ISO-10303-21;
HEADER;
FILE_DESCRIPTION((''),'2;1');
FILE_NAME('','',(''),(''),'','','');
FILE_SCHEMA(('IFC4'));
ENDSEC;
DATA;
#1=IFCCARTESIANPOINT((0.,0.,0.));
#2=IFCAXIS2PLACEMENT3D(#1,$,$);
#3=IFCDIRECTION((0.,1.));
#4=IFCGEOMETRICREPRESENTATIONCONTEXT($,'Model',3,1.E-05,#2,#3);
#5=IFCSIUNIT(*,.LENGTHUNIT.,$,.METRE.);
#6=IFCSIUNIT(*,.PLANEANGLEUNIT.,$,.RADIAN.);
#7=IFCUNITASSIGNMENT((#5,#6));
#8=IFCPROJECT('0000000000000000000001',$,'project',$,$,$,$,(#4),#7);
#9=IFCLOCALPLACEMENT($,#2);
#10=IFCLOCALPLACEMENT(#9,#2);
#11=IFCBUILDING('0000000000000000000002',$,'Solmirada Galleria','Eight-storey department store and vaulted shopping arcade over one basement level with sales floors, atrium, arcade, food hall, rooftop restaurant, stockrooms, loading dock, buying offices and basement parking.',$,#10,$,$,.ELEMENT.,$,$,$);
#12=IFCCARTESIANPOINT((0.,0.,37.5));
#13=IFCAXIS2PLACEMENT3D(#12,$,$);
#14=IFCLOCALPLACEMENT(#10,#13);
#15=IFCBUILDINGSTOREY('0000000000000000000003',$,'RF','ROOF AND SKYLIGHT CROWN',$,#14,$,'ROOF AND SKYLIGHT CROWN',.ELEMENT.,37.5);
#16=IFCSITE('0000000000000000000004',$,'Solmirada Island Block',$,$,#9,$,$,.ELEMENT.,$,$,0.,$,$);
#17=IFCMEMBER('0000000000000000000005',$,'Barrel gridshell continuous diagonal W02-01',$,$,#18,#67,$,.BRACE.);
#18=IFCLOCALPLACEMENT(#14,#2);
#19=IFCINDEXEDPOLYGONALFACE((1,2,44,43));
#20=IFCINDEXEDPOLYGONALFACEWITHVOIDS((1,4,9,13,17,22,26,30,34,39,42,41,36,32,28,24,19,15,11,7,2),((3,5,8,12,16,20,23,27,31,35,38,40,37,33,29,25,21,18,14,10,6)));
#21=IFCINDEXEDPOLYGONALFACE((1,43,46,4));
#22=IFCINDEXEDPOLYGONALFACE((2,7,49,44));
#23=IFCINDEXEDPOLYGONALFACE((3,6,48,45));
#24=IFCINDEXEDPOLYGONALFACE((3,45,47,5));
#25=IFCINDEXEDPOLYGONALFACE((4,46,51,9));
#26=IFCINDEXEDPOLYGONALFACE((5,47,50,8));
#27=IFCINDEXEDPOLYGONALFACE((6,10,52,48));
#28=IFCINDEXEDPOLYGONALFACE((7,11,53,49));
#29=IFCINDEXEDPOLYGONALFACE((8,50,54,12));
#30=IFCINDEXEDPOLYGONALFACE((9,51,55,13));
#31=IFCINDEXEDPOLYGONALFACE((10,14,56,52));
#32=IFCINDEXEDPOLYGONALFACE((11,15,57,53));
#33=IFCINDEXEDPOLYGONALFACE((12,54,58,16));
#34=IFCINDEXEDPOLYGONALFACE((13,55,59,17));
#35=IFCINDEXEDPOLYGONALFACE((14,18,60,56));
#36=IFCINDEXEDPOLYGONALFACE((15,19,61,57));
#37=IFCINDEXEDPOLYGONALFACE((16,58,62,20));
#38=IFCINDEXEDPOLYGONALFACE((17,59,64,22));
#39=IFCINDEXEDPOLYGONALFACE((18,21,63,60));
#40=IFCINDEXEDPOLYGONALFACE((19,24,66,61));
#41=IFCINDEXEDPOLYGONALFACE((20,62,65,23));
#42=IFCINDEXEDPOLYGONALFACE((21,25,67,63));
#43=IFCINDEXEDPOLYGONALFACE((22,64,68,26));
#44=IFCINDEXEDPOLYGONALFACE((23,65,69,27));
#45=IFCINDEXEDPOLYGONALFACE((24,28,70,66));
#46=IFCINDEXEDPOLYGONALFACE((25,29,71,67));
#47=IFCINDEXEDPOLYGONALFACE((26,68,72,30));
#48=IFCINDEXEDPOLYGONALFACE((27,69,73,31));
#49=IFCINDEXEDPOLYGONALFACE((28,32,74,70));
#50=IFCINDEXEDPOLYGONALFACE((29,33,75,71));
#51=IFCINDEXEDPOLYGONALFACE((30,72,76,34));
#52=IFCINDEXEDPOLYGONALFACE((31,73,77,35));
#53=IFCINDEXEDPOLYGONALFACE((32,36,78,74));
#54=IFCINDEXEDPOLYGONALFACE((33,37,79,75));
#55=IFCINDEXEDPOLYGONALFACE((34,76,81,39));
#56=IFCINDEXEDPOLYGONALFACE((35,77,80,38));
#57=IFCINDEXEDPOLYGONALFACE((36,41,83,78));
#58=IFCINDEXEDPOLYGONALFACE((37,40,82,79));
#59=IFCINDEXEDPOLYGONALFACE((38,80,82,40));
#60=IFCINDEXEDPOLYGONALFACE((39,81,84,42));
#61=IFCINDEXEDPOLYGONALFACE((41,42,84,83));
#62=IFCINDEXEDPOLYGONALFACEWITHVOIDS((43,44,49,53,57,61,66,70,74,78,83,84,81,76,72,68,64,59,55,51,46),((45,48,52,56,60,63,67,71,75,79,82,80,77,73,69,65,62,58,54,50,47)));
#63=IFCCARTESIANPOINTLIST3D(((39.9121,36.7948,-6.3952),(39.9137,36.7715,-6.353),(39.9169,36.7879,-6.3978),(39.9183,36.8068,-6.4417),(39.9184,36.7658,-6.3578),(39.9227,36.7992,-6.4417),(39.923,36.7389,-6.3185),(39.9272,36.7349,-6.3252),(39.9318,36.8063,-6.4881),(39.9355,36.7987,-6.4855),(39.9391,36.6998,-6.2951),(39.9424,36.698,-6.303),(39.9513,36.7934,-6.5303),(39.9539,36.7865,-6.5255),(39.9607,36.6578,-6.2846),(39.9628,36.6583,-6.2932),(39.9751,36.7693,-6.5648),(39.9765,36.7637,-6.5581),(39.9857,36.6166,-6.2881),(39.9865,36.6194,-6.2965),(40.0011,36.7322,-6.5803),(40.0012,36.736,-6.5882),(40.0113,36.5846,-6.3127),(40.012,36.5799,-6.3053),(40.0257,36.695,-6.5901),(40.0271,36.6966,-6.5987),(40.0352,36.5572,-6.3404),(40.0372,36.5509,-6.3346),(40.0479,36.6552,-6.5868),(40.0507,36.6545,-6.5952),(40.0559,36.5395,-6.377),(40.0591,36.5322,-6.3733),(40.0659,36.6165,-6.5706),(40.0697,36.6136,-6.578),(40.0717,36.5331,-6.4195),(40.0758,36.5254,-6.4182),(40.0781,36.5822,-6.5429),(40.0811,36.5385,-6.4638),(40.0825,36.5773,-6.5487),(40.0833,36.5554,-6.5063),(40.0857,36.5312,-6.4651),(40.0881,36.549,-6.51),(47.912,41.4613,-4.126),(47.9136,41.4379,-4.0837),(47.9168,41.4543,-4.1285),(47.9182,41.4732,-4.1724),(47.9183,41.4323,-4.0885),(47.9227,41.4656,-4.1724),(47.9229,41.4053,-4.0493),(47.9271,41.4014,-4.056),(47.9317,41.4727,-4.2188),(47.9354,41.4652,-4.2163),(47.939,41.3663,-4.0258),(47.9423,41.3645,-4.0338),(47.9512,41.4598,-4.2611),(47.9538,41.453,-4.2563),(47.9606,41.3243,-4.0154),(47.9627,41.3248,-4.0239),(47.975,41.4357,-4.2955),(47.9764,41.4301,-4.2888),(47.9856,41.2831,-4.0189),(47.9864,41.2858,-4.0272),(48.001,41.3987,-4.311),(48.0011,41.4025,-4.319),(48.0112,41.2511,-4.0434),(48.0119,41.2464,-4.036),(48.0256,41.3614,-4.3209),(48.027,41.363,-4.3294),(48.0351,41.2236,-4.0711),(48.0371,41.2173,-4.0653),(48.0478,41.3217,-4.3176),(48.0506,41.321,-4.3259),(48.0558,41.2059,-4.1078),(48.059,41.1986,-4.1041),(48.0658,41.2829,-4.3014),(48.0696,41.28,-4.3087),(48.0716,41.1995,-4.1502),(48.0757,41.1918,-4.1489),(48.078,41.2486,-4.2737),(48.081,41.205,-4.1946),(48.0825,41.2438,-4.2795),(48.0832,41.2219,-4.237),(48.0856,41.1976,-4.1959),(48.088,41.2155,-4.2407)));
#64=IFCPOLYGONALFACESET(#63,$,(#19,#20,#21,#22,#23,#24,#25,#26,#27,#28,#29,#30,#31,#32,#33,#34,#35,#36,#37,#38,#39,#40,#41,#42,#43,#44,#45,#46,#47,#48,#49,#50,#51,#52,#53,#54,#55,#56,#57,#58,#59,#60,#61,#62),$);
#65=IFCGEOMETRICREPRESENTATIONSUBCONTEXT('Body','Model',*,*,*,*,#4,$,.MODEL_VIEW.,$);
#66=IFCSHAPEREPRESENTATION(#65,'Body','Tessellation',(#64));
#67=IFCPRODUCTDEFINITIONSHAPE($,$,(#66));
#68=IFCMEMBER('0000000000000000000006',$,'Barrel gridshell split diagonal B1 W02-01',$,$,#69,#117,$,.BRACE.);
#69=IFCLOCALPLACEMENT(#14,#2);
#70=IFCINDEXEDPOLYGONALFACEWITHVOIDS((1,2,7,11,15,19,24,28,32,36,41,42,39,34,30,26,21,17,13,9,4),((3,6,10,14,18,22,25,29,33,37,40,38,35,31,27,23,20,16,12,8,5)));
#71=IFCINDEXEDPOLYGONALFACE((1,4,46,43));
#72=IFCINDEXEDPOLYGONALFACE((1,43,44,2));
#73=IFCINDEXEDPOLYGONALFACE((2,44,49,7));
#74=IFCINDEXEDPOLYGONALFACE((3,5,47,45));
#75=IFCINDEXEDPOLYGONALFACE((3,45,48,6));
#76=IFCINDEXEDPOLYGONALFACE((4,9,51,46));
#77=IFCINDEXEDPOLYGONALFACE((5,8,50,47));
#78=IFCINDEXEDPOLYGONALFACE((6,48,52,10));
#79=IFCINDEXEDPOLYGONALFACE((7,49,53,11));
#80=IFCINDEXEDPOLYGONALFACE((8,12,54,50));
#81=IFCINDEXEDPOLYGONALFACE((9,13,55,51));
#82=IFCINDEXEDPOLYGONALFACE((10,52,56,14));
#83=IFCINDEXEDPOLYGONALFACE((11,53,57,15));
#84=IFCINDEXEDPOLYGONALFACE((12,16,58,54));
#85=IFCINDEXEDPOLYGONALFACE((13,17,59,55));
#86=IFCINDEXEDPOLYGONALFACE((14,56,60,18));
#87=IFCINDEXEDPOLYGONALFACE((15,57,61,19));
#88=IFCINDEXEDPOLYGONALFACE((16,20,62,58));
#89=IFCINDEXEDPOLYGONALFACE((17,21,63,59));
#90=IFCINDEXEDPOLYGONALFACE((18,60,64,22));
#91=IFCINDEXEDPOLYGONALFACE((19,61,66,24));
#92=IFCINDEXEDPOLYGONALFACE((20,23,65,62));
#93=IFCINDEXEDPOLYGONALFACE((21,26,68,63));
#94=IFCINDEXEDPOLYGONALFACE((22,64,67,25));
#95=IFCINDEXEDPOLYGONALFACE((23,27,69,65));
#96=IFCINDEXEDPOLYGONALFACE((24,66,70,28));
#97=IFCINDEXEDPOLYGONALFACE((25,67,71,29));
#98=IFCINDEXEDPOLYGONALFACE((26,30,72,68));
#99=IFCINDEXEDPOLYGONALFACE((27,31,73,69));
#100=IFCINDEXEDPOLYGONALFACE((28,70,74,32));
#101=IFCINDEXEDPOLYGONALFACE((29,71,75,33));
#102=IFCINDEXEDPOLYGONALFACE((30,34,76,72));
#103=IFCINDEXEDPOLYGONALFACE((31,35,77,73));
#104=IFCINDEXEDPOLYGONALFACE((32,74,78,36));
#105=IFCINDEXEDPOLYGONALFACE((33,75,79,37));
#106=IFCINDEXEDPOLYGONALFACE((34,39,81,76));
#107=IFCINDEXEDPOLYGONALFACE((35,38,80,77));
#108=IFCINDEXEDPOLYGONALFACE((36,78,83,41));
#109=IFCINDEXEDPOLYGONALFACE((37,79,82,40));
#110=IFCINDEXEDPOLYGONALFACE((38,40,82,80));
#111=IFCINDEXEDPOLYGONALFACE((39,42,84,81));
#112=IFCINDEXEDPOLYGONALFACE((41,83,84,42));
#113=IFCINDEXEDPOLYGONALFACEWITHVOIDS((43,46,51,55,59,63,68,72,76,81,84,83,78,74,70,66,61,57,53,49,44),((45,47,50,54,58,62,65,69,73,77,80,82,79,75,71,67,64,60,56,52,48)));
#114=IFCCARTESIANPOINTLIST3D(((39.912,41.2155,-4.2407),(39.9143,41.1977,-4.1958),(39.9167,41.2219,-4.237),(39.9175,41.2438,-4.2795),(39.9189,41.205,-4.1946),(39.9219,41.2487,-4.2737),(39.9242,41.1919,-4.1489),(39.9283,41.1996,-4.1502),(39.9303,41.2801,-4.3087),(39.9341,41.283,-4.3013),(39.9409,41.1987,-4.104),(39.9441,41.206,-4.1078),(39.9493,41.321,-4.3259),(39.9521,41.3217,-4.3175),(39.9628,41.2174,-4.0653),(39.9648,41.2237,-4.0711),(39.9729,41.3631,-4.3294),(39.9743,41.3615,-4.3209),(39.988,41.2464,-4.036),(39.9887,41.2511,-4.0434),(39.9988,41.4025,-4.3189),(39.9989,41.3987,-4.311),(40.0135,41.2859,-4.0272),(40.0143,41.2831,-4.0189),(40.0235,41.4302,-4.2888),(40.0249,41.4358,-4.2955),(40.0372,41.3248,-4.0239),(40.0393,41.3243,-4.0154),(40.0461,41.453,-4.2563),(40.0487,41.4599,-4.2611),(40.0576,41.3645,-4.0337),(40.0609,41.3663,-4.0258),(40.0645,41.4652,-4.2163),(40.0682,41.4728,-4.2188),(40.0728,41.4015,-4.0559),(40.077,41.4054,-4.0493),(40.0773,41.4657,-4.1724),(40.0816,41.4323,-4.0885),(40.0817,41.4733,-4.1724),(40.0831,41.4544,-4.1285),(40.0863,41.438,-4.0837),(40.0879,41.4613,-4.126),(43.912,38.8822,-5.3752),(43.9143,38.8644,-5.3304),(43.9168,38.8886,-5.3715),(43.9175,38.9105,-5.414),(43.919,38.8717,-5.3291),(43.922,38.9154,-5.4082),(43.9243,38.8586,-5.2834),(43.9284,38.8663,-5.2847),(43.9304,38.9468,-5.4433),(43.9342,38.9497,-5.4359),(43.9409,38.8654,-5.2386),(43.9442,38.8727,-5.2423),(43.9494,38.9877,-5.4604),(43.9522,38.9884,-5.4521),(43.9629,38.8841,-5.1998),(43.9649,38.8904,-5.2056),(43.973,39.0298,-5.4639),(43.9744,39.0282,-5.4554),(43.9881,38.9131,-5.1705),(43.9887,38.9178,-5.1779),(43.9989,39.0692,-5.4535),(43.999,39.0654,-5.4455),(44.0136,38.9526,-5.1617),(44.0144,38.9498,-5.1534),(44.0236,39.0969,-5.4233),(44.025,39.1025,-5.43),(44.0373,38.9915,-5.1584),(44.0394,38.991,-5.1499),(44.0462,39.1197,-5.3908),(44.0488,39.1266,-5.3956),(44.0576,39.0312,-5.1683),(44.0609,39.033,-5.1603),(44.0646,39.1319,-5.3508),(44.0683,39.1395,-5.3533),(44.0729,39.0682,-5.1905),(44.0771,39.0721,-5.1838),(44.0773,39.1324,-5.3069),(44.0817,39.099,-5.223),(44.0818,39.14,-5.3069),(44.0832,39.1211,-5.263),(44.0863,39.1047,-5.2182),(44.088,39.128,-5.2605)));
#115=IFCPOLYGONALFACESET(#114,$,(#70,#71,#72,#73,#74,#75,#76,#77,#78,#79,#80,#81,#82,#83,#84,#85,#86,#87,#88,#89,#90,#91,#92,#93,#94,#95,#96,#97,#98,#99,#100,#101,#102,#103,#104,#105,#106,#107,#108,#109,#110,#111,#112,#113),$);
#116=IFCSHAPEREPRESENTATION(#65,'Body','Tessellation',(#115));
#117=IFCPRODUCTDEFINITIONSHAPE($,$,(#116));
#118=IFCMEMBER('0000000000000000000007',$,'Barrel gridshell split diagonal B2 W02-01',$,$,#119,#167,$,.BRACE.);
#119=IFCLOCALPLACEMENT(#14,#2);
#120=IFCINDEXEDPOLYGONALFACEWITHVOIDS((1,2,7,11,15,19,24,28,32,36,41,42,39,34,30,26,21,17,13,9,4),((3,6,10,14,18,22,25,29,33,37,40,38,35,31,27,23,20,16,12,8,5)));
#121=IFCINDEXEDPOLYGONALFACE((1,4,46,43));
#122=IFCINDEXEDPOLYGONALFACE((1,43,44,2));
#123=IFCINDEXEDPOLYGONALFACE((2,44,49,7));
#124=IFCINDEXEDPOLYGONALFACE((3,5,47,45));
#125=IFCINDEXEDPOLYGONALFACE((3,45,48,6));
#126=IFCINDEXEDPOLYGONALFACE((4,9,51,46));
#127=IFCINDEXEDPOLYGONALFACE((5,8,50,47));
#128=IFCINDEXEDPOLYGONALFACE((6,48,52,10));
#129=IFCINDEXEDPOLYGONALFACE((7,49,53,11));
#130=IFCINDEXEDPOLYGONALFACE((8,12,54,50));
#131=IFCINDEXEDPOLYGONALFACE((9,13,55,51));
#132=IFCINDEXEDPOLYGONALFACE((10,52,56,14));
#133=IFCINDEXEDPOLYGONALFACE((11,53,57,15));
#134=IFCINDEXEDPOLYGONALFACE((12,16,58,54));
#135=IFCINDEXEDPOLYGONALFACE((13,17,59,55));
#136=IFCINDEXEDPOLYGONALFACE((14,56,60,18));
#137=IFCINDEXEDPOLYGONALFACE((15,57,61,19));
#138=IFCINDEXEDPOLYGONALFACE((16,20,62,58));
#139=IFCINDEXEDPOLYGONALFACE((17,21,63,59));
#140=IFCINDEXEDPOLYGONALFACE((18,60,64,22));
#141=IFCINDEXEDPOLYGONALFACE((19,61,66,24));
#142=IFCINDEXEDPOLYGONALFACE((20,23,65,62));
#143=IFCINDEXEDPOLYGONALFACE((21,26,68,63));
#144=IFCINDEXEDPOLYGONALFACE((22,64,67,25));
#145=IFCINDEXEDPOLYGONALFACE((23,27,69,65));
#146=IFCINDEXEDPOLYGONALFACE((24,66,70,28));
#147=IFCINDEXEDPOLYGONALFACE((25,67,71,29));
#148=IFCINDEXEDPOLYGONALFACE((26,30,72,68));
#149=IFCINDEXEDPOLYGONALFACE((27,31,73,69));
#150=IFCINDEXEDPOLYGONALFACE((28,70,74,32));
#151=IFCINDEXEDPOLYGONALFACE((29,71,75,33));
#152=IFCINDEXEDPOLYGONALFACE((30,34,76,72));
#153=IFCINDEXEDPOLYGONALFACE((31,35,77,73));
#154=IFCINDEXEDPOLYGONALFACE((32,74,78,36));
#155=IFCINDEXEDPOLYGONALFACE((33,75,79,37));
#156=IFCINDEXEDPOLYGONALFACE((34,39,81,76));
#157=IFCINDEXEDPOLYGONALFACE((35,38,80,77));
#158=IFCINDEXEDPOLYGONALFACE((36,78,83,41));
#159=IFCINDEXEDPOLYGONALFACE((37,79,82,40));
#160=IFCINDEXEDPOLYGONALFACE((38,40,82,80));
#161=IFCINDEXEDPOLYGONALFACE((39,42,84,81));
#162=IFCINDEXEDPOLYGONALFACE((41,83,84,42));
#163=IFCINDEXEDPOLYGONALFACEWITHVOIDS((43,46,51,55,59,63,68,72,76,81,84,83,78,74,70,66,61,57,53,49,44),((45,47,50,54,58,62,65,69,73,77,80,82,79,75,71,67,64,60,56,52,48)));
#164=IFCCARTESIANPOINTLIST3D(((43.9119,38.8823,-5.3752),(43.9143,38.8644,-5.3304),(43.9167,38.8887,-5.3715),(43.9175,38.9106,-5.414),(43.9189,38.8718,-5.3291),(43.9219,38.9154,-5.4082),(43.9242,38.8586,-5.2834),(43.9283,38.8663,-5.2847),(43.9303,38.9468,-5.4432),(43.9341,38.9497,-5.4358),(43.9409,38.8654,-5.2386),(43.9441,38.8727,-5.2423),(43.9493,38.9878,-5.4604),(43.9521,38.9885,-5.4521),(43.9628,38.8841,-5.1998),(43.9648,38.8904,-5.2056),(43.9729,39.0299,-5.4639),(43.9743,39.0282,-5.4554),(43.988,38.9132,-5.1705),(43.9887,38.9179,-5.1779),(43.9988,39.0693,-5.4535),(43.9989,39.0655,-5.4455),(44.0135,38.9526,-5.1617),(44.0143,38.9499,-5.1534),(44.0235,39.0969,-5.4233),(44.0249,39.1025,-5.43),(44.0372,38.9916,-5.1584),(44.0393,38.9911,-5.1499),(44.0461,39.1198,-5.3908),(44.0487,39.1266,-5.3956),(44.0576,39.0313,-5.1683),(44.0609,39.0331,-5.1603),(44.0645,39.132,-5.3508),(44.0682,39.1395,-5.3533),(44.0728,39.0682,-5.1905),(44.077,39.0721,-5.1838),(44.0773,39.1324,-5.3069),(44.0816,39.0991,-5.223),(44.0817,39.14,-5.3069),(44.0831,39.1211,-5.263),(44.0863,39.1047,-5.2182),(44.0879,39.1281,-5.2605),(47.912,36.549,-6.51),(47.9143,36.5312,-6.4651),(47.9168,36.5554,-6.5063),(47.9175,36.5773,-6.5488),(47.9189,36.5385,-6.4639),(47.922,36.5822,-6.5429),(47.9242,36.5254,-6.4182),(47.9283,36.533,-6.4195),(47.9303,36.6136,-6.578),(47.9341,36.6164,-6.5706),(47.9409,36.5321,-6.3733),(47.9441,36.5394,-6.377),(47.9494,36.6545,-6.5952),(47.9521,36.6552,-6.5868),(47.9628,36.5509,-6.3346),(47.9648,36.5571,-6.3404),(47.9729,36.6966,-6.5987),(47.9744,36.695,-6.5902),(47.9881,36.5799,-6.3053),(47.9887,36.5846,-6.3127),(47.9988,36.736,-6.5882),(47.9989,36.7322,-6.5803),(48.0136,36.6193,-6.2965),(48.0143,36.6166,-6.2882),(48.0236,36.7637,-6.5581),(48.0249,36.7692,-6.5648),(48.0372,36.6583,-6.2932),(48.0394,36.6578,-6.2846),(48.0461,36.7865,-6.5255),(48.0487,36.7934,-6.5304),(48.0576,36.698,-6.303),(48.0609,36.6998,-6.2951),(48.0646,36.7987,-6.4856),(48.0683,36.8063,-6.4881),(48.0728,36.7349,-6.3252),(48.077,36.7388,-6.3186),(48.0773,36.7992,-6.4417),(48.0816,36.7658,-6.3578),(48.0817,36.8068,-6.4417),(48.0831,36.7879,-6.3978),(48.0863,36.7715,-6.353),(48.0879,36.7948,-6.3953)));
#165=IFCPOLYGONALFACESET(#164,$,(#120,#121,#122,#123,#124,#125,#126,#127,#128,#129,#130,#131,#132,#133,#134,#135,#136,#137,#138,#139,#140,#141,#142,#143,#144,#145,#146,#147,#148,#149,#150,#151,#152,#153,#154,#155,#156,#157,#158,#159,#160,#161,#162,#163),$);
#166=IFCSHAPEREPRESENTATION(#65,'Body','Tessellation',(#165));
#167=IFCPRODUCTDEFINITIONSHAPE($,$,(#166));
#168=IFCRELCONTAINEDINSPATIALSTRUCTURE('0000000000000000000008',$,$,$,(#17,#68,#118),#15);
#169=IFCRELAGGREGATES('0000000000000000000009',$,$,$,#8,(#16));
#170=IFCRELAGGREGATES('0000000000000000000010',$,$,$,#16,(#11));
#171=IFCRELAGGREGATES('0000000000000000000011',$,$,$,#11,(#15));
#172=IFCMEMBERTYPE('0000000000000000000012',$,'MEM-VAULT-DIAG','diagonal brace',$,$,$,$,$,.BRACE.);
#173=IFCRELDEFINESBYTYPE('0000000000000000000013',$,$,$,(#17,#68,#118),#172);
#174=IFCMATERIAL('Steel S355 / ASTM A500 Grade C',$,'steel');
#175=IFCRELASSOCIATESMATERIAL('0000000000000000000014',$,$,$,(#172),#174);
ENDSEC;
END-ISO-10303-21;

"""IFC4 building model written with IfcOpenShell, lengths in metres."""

from ifc_helpers import new_model, si_unit, direction, frame, origin, origin_2d, place, context, subcontext, project, spatial, hollow_circle, extrude, material, material_profile, profile_set, type_object, element, save


model = new_model("IFC4")

# Units and contexts
model_context = context("Model", 3, precision=1e-05, world=origin(), true_north=direction((0.0, 1.0)))
body_context = subcontext(model_context, "Body", "Model", "MODEL_VIEW")
ifc_project = project(units=[si_unit("LENGTHUNIT", "METRE"), si_unit("PLANEANGLEUNIT", "RADIAN")], contexts=[model_context])

# Site, building, storey
site_placement = place(None, origin())
site = spatial("IfcSite", under=ifc_project, at=site_placement, Name="Solmirada Island Block", CompositionType="ELEMENT", RefElevation=0.0)
building_placement = place(site_placement, origin())
building = spatial("IfcBuilding", under=site, at=building_placement, Name="Solmirada Galleria", Description="Eight-storey department store and vaulted shopping arcade over one basement level with sales floors, atrium, arcade, food hall, rooftop restaurant, stockrooms, loading dock, buying offices and basement parking.", CompositionType="ELEMENT")
storey_placement = place(building_placement, frame((0.0, 0.0, 37.5)))
storey = spatial("IfcBuildingStorey", under=building, at=storey_placement, Name="RF", Description="ROOF AND SKYLIGHT CROWN", LongName="ROOF AND SKYLIGHT CROWN", CompositionType="ELEMENT", Elevation=37.5)

# Members
ifc_material_1 = material(Name="Steel S355 / ASTM A500 Grade C", Category="steel")
ifc_material_profile_1 = material_profile(ifc_material_1, hollow_circle(Radius=0.1621, WallThickness=0.0088, at=origin_2d()), Name="HSS12.750X0.375")
ifc_profile_set_1 = profile_set([ifc_material_profile_1], Name="Steel S355 / ASTM A500 Grade C")
member_type_1 = type_object("IfcMemberType", Name="MEM-VAULT-DIAG", Description="diagonal brace", PredefinedType="BRACE", material=ifc_profile_set_1)
member_1_placement = place(storey_placement, frame((40.0, 36.6667, -6.4417), z_axis=(0.838969, 0.489382, 0.237983), x_axis=(-0.503858, 0.863787, 0.0)))
element("IfcMember", 1, at=member_1_placement, inside=storey, type_object=member_type_1, Name="Barrel gridshell continuous diagonal W02-01", PredefinedType="BRACE", context=body_context, shape_type="SweptSolid", body=[
    extrude(hollow_circle(Radius=0.1621, WallThickness=0.0088, at=origin_2d()), origin(), (0.0, 0.0, 1.0), 9.5354),
])
for number, where, z_axis, x_axis, name in (
    (2, (40.0, 41.3333, -4.1724), (0.838975, -0.489385, -0.237959), (0.503858, 0.863787, 0.0), "Barrel gridshell split diagonal B1 W02-01"),
    (3, (44.0, 39.0, -5.3069), (0.838964, -0.489379, -0.238007), (0.503858, 0.863787, 0.0), "Barrel gridshell split diagonal B2 W02-01"),
):
    element("IfcMember", number, at=place(storey_placement, frame(where, z_axis=z_axis, x_axis=x_axis)), inside=storey, type_object=member_type_1, Name=name, PredefinedType="BRACE", context=body_context, shape_type="SweptSolid", body=[
        extrude(hollow_circle(Radius=0.1621, WallThickness=0.0088, at=origin_2d()), origin(), (0.0, 0.0, 1.0), 4.7678),
    ])

save(model, "model.ifc")
